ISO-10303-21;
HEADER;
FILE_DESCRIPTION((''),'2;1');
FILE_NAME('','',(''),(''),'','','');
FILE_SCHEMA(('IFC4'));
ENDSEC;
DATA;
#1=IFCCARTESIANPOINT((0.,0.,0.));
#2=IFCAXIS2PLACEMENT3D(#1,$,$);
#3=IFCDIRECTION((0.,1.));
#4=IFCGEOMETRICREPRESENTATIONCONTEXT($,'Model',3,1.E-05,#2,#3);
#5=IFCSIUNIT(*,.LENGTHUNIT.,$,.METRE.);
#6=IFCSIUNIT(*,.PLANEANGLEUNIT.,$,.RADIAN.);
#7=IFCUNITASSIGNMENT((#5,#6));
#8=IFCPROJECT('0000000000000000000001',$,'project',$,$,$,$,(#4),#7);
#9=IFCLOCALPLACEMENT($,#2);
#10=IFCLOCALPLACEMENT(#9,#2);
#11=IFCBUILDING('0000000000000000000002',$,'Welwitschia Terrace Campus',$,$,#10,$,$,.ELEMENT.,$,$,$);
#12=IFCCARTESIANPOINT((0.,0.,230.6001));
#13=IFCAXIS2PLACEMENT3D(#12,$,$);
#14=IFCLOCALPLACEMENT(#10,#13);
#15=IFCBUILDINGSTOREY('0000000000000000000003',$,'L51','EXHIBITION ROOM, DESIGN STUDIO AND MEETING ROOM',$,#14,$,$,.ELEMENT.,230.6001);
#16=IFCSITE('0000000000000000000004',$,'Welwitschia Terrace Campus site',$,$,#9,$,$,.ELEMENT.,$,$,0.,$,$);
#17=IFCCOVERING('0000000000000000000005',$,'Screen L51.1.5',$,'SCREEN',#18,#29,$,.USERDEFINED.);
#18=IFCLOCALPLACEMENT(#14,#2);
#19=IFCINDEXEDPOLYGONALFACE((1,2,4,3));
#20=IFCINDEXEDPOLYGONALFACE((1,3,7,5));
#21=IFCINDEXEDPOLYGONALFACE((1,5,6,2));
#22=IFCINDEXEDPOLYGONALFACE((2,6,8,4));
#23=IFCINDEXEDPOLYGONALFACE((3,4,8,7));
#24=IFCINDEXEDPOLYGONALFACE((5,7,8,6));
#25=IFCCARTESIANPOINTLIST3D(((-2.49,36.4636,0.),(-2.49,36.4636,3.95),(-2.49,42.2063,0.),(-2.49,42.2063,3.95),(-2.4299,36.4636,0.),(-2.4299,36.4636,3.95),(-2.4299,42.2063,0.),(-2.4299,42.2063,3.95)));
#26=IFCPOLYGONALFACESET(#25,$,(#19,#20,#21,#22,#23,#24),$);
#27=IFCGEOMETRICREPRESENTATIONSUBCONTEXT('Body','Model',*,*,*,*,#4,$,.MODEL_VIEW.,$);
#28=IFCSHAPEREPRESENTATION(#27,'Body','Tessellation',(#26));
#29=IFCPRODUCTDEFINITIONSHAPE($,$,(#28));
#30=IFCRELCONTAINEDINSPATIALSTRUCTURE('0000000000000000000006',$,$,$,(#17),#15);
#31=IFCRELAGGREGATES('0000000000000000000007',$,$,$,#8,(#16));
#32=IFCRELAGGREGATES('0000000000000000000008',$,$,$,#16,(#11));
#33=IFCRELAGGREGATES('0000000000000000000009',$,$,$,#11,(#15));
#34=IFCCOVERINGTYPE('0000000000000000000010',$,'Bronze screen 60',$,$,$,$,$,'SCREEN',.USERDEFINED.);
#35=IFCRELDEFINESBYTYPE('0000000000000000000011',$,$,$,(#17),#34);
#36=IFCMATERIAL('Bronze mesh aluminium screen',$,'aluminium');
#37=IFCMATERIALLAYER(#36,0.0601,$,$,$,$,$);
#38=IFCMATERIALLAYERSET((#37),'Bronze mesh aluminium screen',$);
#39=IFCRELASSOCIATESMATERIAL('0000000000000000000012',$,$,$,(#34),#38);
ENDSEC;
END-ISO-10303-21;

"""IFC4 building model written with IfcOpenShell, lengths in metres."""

from ifc_helpers import new_model, si_unit, direction, frame, origin, origin_2d, place, context, subcontext, project, spatial, rectangle, extrude, material, layer, layer_set, type_object, element, save


model = new_model("IFC4")

# Units and contexts
model_context = context("Model", 3, precision=1e-05, world=origin(), true_north=direction((0.0, 1.0)))
body_context = subcontext(model_context, "Body", "Model", "MODEL_VIEW")
ifc_project = project(units=[si_unit("LENGTHUNIT", "METRE"), si_unit("PLANEANGLEUNIT", "RADIAN")], contexts=[model_context])

# Site, building, storey
site_placement = place(None, origin())
site = spatial("IfcSite", under=ifc_project, at=site_placement, Name="Welwitschia Terrace Campus site", CompositionType="ELEMENT", RefElevation=0.0)
building_placement = place(site_placement, origin())
building = spatial("IfcBuilding", under=site, at=building_placement, Name="Welwitschia Terrace Campus", CompositionType="ELEMENT")
storey_placement = place(building_placement, frame((0.0, 0.0, 230.6001)))
storey = spatial("IfcBuildingStorey", under=building, at=storey_placement, Name="L51", Description="EXHIBITION ROOM, DESIGN STUDIO AND MEETING ROOM", CompositionType="ELEMENT", Elevation=230.6001)

# Covering
ifc_material_1 = material(Name="Bronze mesh aluminium screen", Category="aluminium")
ifc_layer_1 = layer(ifc_material_1, 0.0601)
ifc_layer_set_1 = layer_set([ifc_layer_1], Name="Bronze mesh aluminium screen")
covering_type = type_object("IfcCoveringType", Name="Bronze screen 60", ElementType="SCREEN", PredefinedType="USERDEFINED", material=ifc_layer_set_1)
for number, where, z_axis, x_axis, name in (
    (1, (-2.46, 39.335, 0.0), (0.0, 0.0, 1.0), (0.0, -1.0, 0.0), "Screen L51.1.5"),
):
    element("IfcCovering", number, at=place(storey_placement, frame(where, z_axis=z_axis, x_axis=x_axis)), inside=storey, type_object=covering_type, Name=name, ObjectType="SCREEN", PredefinedType="USERDEFINED", context=body_context, shape_type="SweptSolid", body=[
        extrude(rectangle(XDim=5.7427, YDim=0.0601, at=origin_2d()), origin(), (0.0, 0.0, 1.0), 3.95),
    ])

save(model, "model.ifc")
